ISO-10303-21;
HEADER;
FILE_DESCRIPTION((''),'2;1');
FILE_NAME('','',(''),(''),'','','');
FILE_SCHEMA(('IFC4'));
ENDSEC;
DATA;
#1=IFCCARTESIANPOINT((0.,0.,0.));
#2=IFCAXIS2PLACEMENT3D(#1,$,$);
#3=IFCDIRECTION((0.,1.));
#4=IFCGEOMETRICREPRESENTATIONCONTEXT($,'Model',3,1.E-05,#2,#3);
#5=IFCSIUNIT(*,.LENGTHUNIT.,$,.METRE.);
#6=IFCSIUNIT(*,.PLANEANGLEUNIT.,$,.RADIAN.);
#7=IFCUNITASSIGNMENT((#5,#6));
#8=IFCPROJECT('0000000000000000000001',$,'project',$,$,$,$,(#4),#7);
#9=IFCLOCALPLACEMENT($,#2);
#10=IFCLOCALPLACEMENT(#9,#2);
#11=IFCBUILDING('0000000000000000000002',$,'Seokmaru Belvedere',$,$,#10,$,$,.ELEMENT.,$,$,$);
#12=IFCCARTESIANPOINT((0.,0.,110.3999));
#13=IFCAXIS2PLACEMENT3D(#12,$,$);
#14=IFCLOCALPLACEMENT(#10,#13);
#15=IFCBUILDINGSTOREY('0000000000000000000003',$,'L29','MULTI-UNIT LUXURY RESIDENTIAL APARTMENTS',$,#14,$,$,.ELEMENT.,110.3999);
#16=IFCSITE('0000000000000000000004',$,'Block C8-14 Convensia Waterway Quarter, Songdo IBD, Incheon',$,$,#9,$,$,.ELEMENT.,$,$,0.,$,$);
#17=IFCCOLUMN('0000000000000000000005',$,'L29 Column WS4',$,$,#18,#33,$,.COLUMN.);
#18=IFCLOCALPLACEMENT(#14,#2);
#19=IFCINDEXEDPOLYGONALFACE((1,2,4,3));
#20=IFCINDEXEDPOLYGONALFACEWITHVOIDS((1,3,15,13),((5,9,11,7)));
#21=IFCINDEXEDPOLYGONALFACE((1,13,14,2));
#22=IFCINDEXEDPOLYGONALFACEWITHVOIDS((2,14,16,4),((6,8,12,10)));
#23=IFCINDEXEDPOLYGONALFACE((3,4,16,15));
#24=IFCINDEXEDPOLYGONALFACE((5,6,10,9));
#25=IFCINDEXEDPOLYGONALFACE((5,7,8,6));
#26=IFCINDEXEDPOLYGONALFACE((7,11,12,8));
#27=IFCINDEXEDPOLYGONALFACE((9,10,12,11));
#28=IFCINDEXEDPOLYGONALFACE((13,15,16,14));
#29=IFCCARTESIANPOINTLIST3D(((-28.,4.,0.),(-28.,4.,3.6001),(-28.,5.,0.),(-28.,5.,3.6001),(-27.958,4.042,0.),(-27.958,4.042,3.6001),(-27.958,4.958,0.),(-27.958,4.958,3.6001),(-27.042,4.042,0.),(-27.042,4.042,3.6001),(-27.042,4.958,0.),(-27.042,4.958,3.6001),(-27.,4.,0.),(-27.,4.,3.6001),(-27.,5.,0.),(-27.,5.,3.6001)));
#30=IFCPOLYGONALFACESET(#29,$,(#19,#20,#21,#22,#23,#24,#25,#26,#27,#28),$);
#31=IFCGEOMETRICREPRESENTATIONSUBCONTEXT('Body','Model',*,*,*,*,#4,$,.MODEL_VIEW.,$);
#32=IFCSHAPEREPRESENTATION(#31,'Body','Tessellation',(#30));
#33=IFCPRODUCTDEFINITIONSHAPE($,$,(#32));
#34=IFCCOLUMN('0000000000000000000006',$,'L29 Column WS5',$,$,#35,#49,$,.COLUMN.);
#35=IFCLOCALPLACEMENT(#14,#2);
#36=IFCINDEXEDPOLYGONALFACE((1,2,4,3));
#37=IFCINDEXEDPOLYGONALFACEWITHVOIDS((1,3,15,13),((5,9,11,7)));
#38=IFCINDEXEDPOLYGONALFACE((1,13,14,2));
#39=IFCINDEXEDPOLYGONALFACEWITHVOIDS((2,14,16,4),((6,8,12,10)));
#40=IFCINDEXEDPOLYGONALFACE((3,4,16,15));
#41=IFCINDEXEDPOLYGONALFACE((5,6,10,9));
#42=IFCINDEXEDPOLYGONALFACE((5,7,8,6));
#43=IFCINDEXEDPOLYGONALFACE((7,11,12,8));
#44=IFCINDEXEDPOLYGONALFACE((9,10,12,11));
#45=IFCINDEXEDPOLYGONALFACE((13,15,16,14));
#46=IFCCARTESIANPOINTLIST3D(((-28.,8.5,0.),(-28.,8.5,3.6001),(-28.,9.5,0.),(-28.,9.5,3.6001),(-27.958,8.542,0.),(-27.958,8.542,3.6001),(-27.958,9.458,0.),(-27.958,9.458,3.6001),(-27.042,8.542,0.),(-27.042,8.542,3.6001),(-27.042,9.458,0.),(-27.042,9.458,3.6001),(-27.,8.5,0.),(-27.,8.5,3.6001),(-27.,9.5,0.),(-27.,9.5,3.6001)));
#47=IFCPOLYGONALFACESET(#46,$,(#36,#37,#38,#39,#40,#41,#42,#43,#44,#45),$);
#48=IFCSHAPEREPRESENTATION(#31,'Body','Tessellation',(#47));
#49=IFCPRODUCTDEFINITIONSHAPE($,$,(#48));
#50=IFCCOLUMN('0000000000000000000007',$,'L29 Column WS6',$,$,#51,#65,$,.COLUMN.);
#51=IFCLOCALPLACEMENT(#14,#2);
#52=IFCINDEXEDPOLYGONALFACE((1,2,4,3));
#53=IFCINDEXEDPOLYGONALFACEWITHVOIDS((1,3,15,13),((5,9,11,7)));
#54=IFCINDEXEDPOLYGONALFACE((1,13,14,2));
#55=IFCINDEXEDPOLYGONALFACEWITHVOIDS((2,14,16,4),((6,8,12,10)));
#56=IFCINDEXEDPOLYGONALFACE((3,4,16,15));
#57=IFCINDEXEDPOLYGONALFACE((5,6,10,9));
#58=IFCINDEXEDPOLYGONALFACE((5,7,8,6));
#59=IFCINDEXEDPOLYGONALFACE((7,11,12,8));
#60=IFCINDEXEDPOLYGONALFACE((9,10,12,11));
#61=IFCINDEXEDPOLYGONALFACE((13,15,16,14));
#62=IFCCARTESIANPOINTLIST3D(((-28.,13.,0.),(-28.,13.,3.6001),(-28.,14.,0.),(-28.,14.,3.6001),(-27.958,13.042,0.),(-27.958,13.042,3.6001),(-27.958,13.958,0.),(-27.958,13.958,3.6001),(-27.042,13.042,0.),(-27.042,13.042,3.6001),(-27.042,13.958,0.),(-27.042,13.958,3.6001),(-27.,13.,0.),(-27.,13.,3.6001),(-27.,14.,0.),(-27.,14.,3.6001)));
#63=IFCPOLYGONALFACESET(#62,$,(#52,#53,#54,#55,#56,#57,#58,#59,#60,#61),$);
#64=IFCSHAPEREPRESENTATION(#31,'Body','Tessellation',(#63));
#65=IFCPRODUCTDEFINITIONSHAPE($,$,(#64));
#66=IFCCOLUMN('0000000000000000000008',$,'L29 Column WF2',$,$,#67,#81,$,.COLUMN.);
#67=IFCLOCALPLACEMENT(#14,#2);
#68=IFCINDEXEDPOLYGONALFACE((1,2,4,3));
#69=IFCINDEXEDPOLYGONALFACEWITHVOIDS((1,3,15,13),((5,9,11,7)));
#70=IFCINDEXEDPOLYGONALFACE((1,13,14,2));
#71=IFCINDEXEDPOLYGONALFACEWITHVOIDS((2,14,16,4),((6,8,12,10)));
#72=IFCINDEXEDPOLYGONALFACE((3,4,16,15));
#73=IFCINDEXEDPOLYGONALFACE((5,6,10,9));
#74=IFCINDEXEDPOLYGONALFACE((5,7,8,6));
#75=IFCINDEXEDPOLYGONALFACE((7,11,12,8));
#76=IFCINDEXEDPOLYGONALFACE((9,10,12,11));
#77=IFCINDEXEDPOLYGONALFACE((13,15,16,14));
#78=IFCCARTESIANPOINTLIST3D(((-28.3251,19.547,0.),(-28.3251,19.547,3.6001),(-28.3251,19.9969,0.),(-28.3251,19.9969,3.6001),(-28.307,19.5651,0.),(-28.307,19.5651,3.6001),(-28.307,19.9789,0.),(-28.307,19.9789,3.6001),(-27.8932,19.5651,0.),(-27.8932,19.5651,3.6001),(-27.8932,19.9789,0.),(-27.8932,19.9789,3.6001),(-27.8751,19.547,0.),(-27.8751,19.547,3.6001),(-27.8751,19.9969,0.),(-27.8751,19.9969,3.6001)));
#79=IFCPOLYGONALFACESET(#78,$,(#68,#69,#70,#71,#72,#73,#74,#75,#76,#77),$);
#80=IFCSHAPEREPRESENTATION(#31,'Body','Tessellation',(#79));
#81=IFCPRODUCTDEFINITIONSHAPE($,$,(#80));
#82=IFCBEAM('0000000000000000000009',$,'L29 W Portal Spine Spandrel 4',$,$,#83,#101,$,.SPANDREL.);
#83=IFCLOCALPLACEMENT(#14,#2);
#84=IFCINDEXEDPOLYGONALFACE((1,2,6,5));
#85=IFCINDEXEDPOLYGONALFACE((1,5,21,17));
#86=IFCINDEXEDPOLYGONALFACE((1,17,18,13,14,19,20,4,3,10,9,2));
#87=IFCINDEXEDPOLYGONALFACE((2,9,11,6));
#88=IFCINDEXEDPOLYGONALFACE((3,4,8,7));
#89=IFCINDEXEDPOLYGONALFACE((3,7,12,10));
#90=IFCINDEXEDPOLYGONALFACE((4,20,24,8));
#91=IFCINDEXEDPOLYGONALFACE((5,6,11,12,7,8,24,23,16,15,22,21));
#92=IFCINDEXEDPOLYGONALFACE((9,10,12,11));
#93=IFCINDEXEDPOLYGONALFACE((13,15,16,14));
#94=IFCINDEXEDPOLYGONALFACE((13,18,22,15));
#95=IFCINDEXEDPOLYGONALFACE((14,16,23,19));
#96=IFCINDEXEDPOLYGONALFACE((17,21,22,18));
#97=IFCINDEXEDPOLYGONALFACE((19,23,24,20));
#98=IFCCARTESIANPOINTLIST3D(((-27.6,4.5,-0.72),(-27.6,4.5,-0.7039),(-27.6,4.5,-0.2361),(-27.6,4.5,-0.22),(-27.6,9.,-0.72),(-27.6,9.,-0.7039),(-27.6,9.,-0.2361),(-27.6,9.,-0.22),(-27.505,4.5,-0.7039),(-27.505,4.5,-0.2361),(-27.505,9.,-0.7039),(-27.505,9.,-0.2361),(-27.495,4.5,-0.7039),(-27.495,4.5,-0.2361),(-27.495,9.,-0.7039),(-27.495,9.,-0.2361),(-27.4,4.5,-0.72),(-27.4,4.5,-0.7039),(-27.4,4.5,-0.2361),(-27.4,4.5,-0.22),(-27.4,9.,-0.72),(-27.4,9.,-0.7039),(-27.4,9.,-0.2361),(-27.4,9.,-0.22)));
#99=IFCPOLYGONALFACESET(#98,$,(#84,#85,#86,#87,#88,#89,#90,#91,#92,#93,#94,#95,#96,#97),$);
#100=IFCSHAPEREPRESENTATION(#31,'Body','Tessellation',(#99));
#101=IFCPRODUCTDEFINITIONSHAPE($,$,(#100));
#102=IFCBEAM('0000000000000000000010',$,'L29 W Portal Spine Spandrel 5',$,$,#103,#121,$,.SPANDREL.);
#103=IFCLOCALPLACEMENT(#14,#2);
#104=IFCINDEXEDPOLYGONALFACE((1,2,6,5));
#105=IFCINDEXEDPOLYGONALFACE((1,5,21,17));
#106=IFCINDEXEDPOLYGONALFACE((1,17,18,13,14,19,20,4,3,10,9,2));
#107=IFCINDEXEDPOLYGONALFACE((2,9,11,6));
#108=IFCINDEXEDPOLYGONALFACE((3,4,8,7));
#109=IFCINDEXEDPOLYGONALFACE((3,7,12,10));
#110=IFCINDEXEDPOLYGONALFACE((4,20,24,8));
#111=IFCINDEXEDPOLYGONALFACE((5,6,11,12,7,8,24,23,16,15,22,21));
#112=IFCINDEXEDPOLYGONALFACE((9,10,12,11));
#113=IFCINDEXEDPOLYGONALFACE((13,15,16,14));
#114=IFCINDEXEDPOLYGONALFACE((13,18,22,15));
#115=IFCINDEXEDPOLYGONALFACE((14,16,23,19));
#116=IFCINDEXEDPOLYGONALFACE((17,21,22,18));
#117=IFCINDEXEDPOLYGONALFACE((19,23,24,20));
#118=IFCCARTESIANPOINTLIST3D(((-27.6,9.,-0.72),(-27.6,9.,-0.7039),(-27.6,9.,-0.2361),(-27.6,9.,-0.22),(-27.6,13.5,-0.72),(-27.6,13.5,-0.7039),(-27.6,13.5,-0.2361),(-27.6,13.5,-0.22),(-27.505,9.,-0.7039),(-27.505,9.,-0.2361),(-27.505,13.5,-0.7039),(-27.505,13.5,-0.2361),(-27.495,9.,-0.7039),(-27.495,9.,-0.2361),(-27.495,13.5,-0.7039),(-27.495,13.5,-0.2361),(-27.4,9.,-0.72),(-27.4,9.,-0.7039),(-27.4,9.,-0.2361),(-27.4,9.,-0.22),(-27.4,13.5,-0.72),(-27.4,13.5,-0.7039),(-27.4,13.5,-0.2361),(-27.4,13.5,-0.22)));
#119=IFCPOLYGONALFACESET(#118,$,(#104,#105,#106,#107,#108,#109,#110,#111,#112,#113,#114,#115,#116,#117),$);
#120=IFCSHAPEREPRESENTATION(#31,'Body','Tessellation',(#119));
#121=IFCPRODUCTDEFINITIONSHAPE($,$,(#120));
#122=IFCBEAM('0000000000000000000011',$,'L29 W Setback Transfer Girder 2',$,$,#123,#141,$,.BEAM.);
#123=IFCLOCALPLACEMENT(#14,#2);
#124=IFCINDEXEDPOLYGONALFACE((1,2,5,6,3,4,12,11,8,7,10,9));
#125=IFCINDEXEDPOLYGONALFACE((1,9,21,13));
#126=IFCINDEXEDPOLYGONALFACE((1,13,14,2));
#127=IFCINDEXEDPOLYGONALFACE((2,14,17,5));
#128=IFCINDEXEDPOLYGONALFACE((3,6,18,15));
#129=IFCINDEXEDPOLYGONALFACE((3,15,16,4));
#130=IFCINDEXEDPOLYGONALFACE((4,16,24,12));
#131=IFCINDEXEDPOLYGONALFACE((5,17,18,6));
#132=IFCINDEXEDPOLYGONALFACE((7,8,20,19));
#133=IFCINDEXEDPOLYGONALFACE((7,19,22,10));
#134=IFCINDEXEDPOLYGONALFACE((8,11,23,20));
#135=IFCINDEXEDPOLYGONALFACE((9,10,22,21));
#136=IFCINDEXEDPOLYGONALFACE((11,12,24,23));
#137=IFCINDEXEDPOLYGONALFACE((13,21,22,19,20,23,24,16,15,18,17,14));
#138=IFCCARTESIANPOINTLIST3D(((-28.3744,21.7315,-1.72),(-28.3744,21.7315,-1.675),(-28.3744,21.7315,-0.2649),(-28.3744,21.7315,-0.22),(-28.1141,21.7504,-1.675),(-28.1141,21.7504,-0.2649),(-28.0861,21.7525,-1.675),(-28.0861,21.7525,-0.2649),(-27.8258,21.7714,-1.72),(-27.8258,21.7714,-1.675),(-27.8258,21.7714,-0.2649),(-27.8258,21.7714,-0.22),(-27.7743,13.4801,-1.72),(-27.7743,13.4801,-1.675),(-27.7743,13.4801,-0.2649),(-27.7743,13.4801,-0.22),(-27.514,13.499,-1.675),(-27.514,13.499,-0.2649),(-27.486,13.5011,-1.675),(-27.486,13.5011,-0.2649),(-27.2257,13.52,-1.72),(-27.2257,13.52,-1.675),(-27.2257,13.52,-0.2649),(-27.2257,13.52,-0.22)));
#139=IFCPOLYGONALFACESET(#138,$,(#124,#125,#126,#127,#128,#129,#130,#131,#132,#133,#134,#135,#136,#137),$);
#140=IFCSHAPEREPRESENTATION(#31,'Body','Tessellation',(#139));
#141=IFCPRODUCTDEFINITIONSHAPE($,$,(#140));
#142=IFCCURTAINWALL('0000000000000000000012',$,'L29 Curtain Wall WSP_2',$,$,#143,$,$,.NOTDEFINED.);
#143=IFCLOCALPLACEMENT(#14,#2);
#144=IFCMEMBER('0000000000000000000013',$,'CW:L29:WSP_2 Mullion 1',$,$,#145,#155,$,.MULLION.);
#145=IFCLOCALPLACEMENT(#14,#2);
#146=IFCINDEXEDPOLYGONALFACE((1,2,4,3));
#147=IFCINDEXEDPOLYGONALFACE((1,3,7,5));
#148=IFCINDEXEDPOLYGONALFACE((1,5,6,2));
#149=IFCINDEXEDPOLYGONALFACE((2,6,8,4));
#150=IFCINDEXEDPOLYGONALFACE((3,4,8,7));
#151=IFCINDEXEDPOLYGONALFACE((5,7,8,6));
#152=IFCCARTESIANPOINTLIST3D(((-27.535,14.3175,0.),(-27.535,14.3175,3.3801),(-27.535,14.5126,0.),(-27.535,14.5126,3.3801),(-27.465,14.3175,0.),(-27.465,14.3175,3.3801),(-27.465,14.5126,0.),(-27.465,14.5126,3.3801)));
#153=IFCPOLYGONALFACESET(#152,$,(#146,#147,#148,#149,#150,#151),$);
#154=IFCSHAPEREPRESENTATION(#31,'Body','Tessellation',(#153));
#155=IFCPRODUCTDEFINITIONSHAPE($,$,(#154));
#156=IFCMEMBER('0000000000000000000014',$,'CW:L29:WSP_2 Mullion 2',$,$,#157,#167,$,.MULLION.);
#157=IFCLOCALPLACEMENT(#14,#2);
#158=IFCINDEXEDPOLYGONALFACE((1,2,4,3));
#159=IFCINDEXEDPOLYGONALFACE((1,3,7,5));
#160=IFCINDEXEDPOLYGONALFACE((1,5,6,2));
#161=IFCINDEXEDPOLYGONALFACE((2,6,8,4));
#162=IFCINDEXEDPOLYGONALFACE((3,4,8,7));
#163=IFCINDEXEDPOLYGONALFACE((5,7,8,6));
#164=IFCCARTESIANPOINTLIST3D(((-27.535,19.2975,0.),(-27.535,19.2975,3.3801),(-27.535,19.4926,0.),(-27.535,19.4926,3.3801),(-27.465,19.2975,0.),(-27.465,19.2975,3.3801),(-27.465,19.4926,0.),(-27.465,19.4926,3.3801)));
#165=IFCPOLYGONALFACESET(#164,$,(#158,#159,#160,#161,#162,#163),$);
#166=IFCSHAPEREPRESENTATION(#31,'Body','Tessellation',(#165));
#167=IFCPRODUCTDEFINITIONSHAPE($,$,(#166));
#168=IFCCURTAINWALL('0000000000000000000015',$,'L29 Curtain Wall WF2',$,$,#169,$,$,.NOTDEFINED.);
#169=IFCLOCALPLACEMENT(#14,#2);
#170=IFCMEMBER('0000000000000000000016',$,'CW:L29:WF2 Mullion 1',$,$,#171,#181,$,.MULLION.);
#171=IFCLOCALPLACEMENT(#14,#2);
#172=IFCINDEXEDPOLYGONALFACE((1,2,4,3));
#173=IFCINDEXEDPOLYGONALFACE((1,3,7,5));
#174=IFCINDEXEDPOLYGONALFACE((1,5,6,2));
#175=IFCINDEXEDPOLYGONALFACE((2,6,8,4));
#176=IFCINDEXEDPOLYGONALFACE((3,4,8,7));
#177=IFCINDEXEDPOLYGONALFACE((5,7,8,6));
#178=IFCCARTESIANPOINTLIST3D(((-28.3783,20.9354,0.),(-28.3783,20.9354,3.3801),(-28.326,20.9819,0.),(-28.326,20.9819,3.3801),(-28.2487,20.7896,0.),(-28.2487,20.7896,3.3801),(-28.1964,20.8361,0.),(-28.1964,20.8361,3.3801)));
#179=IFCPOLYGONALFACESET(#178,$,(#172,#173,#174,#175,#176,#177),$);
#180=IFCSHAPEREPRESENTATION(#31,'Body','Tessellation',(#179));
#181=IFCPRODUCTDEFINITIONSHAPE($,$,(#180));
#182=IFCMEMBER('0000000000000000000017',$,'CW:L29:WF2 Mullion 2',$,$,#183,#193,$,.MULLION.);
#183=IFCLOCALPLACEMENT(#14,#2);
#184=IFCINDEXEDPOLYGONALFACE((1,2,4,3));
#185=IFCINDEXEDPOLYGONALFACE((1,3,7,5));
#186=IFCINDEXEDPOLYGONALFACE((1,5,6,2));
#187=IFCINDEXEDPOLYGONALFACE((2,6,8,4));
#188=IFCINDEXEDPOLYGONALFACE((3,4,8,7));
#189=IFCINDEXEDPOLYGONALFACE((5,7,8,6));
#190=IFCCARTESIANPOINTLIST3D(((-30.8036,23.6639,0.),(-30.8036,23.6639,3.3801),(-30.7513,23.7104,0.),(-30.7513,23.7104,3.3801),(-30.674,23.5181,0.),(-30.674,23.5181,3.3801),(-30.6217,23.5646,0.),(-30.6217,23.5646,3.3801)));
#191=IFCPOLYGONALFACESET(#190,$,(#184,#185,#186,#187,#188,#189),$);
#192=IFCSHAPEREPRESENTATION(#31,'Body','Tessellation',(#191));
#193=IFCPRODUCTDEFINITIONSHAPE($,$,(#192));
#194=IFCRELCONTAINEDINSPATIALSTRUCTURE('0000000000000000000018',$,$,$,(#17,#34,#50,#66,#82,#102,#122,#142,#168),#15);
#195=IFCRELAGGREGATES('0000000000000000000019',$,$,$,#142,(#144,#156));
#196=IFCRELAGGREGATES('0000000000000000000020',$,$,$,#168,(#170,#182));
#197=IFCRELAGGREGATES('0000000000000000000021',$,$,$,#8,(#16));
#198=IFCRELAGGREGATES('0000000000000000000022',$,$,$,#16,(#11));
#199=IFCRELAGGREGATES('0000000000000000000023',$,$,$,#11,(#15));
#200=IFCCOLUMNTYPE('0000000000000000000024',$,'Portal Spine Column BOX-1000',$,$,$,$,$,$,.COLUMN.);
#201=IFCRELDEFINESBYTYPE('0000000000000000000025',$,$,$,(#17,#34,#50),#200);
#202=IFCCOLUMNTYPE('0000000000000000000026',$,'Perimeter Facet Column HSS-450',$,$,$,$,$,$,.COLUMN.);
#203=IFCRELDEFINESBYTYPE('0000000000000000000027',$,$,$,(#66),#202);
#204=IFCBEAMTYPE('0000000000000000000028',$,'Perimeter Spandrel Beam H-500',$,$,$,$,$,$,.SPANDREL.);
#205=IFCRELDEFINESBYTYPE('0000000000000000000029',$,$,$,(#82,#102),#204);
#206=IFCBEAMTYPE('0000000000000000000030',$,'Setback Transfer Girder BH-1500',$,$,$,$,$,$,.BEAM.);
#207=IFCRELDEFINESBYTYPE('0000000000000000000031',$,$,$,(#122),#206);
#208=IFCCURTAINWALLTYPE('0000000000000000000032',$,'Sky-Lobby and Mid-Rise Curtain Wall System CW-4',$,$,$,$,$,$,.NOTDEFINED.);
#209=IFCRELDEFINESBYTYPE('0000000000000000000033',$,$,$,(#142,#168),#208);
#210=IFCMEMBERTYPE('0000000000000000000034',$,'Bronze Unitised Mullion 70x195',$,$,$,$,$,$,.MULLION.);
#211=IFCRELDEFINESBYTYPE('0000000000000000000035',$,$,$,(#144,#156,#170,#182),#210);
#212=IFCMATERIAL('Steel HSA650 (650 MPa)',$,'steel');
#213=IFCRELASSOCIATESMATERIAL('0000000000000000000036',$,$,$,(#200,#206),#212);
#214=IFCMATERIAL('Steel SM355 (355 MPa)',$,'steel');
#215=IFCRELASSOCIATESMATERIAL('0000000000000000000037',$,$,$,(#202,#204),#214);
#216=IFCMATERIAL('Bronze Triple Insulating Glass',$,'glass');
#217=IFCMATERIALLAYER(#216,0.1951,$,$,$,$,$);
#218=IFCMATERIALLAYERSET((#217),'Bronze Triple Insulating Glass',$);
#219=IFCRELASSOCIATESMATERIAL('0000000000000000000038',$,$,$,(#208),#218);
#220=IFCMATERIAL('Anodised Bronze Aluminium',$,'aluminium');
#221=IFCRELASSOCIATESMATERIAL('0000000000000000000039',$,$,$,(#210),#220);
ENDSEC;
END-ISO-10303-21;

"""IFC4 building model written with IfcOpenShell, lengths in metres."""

from ifc_helpers import new_model, si_unit, direction, frame, origin, origin_2d, place, context, subcontext, project, spatial, rectangle, hollow_rectangle, i_section, extrude, source, transform, mapped, material, layer, layer_set, material_profile, profile_set, type_object, type_shapes, element, aggregate, save


model = new_model("IFC4")

# Units and contexts
model_context = context("Model", 3, precision=1e-05, world=origin(), true_north=direction((0.0, 1.0)))
body_context = subcontext(model_context, "Body", "Model", "MODEL_VIEW")
ifc_project = project(units=[si_unit("LENGTHUNIT", "METRE"), si_unit("PLANEANGLEUNIT", "RADIAN")], contexts=[model_context])

# Site, building, storey
site_placement = place(None, origin())
site = spatial("IfcSite", under=ifc_project, at=site_placement, Name="Block C8-14 Convensia Waterway Quarter, Songdo IBD, Incheon", CompositionType="ELEMENT", RefElevation=0.0)
building_placement = place(site_placement, origin())
building = spatial("IfcBuilding", under=site, at=building_placement, Name="Seokmaru Belvedere", CompositionType="ELEMENT")
storey_placement = place(building_placement, frame((0.0, 0.0, 110.3999)))
storey = spatial("IfcBuildingStorey", under=building, at=storey_placement, Name="L29", Description="MULTI-UNIT LUXURY RESIDENTIAL APARTMENTS", CompositionType="ELEMENT", Elevation=110.3999)

# Columns
ifc_material_1 = material(Name="Steel HSA650 (650 MPa)", Category="steel")
ifc_material_profile_1 = material_profile(ifc_material_1, hollow_rectangle(XDim=1.0, YDim=1.0, WallThickness=0.042, at=origin_2d()), Name="BOX-1000x1000x42")
ifc_profile_set_1 = profile_set([ifc_material_profile_1], Name="Steel HSA650 (650 MPa)")
column_type_1 = type_object("IfcColumnType", Name="Portal Spine Column BOX-1000", PredefinedType="COLUMN", material=ifc_profile_set_1)
shared_shape_1 = source(origin(), body_context, "Body", "SweptSolid", [
    extrude(hollow_rectangle(XDim=1.0, YDim=1.0, WallThickness=0.042, at=origin_2d()), origin(), (0.0, 0.0, 1.0), 3.6001),
])
type_shapes(column_type_1, [shared_shape_1])
for number, where, z_axis, x_axis, name in (
    (1, (-27.5, 4.5, 0.0), (0.0, 0.0, 1.0), (1.0, 0.0, 0.0), "L29 Column WS4"),
    (2, (-27.5, 9.0, 0.0), (0.0, 0.0, 1.0), (1.0, 0.0, 0.0), "L29 Column WS5"),
    (3, (-27.5, 13.5, 0.0), (0.0, 0.0, 1.0), (1.0, 0.0, 0.0), "L29 Column WS6"),
):
    element("IfcColumn", number, at=place(storey_placement, frame(where, z_axis=z_axis, x_axis=x_axis)), inside=storey, type_object=column_type_1, Name=name, PredefinedType="COLUMN", context=body_context, shape_type="MappedRepresentation", body=[
        mapped(shared_shape_1, transform((0.0, 0.0, 0.0), scale=1.0)),
    ])
ifc_material_2 = material(Name="Steel SM355 (355 MPa)", Category="steel")
ifc_material_profile_2 = material_profile(ifc_material_2, hollow_rectangle(XDim=0.45, YDim=0.45, WallThickness=0.0181, at=origin_2d()), Name="HSS-450x450x18")
ifc_profile_set_2 = profile_set([ifc_material_profile_2], Name="Steel SM355 (355 MPa)")
column_type_2 = type_object("IfcColumnType", Name="Perimeter Facet Column HSS-450", PredefinedType="COLUMN", material=ifc_profile_set_2)
shared_shape_2 = source(origin(), body_context, "Body", "SweptSolid", [
    extrude(hollow_rectangle(XDim=0.45, YDim=0.45, WallThickness=0.0181, at=origin_2d()), origin(), (0.0, 0.0, 1.0), 3.6001),
])
type_shapes(column_type_2, [shared_shape_2])
column_placement = place(storey_placement, frame((-28.1001, 19.772, 0.0), z_axis=(0.0, 0.0, 1.0), x_axis=(1.0, 0.0, 0.0)))
element("IfcColumn", 4, at=column_placement, inside=storey, type_object=column_type_2, Name="L29 Column WF2", PredefinedType="COLUMN", context=body_context, shape_type="MappedRepresentation", body=[
    mapped(shared_shape_2, transform((0.0, 0.0, 0.0), scale=1.0)),
])

# Beams
ifc_material_profile_3 = material_profile(ifc_material_2, i_section(OverallWidth=0.2, OverallDepth=0.5, WebThickness=0.01, FlangeThickness=0.0161, at=origin_2d()), Name="H-500x200x10x16")
ifc_profile_set_3 = profile_set([ifc_material_profile_3], Name="Steel SM355 (355 MPa)")
beam_type_1 = type_object("IfcBeamType", Name="Perimeter Spandrel Beam H-500", PredefinedType="SPANDREL", material=ifc_profile_set_3)
shared_shape_3 = source(origin(), body_context, "Body", "SweptSolid", [
    extrude(i_section(OverallWidth=0.2, OverallDepth=0.5, WebThickness=0.01, FlangeThickness=0.0161, at=origin_2d()), origin(), (0.0, 0.0, 1.0), 4.5),
])
type_shapes(beam_type_1, [shared_shape_3])
for number, where, z_axis, x_axis, name in (
    (5, (-27.5, 4.5, -0.47), (0.0, 1.0, 0.0), (-1.0, 0.0, 0.0), "L29 W Portal Spine Spandrel 4"),
    (6, (-27.5, 9.0, -0.47), (0.0, 1.0, 0.0), (-1.0, 0.0, 0.0), "L29 W Portal Spine Spandrel 5"),
):
    element("IfcBeam", number, at=place(storey_placement, frame(where, z_axis=z_axis, x_axis=x_axis)), inside=storey, type_object=beam_type_1, Name=name, PredefinedType="SPANDREL", context=body_context, shape_type="MappedRepresentation", body=[
        mapped(shared_shape_3, transform((0.0, 0.0, 0.0), scale=1.0)),
    ])
ifc_material_profile_4 = material_profile(ifc_material_1, i_section(OverallWidth=0.55, OverallDepth=1.5, WebThickness=0.0281, FlangeThickness=0.0449, at=origin_2d()), Name="BH-1500x550x28x45")
ifc_profile_set_4 = profile_set([ifc_material_profile_4], Name="Steel HSA650 (650 MPa)")
beam_type_2 = type_object("IfcBeamType", Name="Setback Transfer Girder BH-1500", PredefinedType="BEAM", material=ifc_profile_set_4)
shared_shape_4 = source(origin(), body_context, "Body", "SweptSolid", [
    extrude(i_section(OverallWidth=0.55, OverallDepth=1.5, WebThickness=0.0281, FlangeThickness=0.0449, at=origin_2d()), origin(), (0.0, 0.0, 1.0), 8.2732),
])
type_shapes(beam_type_2, [shared_shape_4])
beam_placement = place(storey_placement, frame((-28.1001, 21.7515, -0.97), z_axis=(0.072535, -0.997366, 0.0), x_axis=(0.997366, 0.072535, 0.0)))
element("IfcBeam", 7, at=beam_placement, inside=storey, type_object=beam_type_2, Name="L29 W Setback Transfer Girder 2", PredefinedType="BEAM", context=body_context, shape_type="MappedRepresentation", body=[
    mapped(shared_shape_4, transform((0.0, 0.0, 0.0), scale=1.0)),
])

# Curtain walls, members
ifc_material_3 = material(Name="Bronze Triple Insulating Glass", Category="glass")
ifc_layer_1 = layer(ifc_material_3, 0.1951)
ifc_layer_set_1 = layer_set([ifc_layer_1], Name="Bronze Triple Insulating Glass")
curtain_wall_type = type_object("IfcCurtainWallType", Name="Sky-Lobby and Mid-Rise Curtain Wall System CW-4", PredefinedType="NOTDEFINED", material=ifc_layer_set_1)
curtain_wall_1_placement = place(storey_placement, origin())
curtain_wall_1 = element("IfcCurtainWall", 8, at=curtain_wall_1_placement, inside=storey, type_object=curtain_wall_type, Name="L29 Curtain Wall WSP_2", PredefinedType="NOTDEFINED")
ifc_material_4 = material(Name="Anodised Bronze Aluminium", Category="aluminium")
ifc_material_profile_5 = material_profile(ifc_material_4, rectangle(XDim=0.0701, YDim=0.1951, at=origin_2d()), Name="CW-M-70x195")
ifc_profile_set_5 = profile_set([ifc_material_profile_5], Name="Anodised Bronze Aluminium")
member_type_1 = type_object("IfcMemberType", Name="Bronze Unitised Mullion 70x195", PredefinedType="MULLION", material=ifc_profile_set_5)
shared_shape_5 = source(origin(), body_context, "Body", "SweptSolid", [
    extrude(rectangle(XDim=0.0701, YDim=0.1951, at=origin_2d()), origin(), (0.0, 0.0, 1.0), 3.3801),
])
type_shapes(member_type_1, [shared_shape_5])
member_1_placement = place(storey_placement, frame((-27.5, 14.415, 0.0), z_axis=(0.0, 0.0, 1.0), x_axis=(-1.0, 0.0, 0.0)))
member_1 = element("IfcMember", 9, at=member_1_placement, type_object=member_type_1, Name="CW:L29:WSP_2 Mullion 1", PredefinedType="MULLION", context=body_context, shape_type="MappedRepresentation", body=[
    mapped(shared_shape_5, transform((0.0, 0.0, 0.0), scale=1.0)),
])
member_2_placement = place(storey_placement, frame((-27.5, 19.395, 0.0), z_axis=(0.0, 0.0, 1.0), x_axis=(-1.0, 0.0, 0.0)))
member_2 = element("IfcMember", 10, at=member_2_placement, type_object=member_type_1, Name="CW:L29:WSP_2 Mullion 2", PredefinedType="MULLION", context=body_context, shape_type="MappedRepresentation", body=[
    mapped(shared_shape_5, transform((0.0, 0.0, 0.0), scale=1.0)),
])
curtain_wall_2_placement = place(storey_placement, origin())
curtain_wall_2 = element("IfcCurtainWall", 11, at=curtain_wall_2_placement, inside=storey, type_object=curtain_wall_type, Name="L29 Curtain Wall WF2", PredefinedType="NOTDEFINED")
member_3_placement = place(storey_placement, frame((-28.2874, 20.8857, 0.0), z_axis=(0.0, 0.0, 1.0), x_axis=(-0.74741, -0.664363, 0.0)))
member_3 = element("IfcMember", 12, at=member_3_placement, type_object=member_type_1, Name="CW:L29:WF2 Mullion 1", PredefinedType="MULLION", context=body_context, shape_type="MappedRepresentation", body=[
    mapped(shared_shape_5, transform((0.0, 0.0, 0.0), scale=1.0)),
])
member_4_placement = place(storey_placement, frame((-30.7126, 23.6143, 0.0), z_axis=(0.0, 0.0, 1.0), x_axis=(-0.74741, -0.664363, 0.0)))
member_4 = element("IfcMember", 13, at=member_4_placement, type_object=member_type_1, Name="CW:L29:WF2 Mullion 2", PredefinedType="MULLION", context=body_context, shape_type="MappedRepresentation", body=[
    mapped(shared_shape_5, transform((0.0, 0.0, 0.0), scale=1.0)),
])

aggregate(curtain_wall_1, [member_1, member_2])
aggregate(curtain_wall_2, [member_3, member_4])

save(model, "model.ifc")
